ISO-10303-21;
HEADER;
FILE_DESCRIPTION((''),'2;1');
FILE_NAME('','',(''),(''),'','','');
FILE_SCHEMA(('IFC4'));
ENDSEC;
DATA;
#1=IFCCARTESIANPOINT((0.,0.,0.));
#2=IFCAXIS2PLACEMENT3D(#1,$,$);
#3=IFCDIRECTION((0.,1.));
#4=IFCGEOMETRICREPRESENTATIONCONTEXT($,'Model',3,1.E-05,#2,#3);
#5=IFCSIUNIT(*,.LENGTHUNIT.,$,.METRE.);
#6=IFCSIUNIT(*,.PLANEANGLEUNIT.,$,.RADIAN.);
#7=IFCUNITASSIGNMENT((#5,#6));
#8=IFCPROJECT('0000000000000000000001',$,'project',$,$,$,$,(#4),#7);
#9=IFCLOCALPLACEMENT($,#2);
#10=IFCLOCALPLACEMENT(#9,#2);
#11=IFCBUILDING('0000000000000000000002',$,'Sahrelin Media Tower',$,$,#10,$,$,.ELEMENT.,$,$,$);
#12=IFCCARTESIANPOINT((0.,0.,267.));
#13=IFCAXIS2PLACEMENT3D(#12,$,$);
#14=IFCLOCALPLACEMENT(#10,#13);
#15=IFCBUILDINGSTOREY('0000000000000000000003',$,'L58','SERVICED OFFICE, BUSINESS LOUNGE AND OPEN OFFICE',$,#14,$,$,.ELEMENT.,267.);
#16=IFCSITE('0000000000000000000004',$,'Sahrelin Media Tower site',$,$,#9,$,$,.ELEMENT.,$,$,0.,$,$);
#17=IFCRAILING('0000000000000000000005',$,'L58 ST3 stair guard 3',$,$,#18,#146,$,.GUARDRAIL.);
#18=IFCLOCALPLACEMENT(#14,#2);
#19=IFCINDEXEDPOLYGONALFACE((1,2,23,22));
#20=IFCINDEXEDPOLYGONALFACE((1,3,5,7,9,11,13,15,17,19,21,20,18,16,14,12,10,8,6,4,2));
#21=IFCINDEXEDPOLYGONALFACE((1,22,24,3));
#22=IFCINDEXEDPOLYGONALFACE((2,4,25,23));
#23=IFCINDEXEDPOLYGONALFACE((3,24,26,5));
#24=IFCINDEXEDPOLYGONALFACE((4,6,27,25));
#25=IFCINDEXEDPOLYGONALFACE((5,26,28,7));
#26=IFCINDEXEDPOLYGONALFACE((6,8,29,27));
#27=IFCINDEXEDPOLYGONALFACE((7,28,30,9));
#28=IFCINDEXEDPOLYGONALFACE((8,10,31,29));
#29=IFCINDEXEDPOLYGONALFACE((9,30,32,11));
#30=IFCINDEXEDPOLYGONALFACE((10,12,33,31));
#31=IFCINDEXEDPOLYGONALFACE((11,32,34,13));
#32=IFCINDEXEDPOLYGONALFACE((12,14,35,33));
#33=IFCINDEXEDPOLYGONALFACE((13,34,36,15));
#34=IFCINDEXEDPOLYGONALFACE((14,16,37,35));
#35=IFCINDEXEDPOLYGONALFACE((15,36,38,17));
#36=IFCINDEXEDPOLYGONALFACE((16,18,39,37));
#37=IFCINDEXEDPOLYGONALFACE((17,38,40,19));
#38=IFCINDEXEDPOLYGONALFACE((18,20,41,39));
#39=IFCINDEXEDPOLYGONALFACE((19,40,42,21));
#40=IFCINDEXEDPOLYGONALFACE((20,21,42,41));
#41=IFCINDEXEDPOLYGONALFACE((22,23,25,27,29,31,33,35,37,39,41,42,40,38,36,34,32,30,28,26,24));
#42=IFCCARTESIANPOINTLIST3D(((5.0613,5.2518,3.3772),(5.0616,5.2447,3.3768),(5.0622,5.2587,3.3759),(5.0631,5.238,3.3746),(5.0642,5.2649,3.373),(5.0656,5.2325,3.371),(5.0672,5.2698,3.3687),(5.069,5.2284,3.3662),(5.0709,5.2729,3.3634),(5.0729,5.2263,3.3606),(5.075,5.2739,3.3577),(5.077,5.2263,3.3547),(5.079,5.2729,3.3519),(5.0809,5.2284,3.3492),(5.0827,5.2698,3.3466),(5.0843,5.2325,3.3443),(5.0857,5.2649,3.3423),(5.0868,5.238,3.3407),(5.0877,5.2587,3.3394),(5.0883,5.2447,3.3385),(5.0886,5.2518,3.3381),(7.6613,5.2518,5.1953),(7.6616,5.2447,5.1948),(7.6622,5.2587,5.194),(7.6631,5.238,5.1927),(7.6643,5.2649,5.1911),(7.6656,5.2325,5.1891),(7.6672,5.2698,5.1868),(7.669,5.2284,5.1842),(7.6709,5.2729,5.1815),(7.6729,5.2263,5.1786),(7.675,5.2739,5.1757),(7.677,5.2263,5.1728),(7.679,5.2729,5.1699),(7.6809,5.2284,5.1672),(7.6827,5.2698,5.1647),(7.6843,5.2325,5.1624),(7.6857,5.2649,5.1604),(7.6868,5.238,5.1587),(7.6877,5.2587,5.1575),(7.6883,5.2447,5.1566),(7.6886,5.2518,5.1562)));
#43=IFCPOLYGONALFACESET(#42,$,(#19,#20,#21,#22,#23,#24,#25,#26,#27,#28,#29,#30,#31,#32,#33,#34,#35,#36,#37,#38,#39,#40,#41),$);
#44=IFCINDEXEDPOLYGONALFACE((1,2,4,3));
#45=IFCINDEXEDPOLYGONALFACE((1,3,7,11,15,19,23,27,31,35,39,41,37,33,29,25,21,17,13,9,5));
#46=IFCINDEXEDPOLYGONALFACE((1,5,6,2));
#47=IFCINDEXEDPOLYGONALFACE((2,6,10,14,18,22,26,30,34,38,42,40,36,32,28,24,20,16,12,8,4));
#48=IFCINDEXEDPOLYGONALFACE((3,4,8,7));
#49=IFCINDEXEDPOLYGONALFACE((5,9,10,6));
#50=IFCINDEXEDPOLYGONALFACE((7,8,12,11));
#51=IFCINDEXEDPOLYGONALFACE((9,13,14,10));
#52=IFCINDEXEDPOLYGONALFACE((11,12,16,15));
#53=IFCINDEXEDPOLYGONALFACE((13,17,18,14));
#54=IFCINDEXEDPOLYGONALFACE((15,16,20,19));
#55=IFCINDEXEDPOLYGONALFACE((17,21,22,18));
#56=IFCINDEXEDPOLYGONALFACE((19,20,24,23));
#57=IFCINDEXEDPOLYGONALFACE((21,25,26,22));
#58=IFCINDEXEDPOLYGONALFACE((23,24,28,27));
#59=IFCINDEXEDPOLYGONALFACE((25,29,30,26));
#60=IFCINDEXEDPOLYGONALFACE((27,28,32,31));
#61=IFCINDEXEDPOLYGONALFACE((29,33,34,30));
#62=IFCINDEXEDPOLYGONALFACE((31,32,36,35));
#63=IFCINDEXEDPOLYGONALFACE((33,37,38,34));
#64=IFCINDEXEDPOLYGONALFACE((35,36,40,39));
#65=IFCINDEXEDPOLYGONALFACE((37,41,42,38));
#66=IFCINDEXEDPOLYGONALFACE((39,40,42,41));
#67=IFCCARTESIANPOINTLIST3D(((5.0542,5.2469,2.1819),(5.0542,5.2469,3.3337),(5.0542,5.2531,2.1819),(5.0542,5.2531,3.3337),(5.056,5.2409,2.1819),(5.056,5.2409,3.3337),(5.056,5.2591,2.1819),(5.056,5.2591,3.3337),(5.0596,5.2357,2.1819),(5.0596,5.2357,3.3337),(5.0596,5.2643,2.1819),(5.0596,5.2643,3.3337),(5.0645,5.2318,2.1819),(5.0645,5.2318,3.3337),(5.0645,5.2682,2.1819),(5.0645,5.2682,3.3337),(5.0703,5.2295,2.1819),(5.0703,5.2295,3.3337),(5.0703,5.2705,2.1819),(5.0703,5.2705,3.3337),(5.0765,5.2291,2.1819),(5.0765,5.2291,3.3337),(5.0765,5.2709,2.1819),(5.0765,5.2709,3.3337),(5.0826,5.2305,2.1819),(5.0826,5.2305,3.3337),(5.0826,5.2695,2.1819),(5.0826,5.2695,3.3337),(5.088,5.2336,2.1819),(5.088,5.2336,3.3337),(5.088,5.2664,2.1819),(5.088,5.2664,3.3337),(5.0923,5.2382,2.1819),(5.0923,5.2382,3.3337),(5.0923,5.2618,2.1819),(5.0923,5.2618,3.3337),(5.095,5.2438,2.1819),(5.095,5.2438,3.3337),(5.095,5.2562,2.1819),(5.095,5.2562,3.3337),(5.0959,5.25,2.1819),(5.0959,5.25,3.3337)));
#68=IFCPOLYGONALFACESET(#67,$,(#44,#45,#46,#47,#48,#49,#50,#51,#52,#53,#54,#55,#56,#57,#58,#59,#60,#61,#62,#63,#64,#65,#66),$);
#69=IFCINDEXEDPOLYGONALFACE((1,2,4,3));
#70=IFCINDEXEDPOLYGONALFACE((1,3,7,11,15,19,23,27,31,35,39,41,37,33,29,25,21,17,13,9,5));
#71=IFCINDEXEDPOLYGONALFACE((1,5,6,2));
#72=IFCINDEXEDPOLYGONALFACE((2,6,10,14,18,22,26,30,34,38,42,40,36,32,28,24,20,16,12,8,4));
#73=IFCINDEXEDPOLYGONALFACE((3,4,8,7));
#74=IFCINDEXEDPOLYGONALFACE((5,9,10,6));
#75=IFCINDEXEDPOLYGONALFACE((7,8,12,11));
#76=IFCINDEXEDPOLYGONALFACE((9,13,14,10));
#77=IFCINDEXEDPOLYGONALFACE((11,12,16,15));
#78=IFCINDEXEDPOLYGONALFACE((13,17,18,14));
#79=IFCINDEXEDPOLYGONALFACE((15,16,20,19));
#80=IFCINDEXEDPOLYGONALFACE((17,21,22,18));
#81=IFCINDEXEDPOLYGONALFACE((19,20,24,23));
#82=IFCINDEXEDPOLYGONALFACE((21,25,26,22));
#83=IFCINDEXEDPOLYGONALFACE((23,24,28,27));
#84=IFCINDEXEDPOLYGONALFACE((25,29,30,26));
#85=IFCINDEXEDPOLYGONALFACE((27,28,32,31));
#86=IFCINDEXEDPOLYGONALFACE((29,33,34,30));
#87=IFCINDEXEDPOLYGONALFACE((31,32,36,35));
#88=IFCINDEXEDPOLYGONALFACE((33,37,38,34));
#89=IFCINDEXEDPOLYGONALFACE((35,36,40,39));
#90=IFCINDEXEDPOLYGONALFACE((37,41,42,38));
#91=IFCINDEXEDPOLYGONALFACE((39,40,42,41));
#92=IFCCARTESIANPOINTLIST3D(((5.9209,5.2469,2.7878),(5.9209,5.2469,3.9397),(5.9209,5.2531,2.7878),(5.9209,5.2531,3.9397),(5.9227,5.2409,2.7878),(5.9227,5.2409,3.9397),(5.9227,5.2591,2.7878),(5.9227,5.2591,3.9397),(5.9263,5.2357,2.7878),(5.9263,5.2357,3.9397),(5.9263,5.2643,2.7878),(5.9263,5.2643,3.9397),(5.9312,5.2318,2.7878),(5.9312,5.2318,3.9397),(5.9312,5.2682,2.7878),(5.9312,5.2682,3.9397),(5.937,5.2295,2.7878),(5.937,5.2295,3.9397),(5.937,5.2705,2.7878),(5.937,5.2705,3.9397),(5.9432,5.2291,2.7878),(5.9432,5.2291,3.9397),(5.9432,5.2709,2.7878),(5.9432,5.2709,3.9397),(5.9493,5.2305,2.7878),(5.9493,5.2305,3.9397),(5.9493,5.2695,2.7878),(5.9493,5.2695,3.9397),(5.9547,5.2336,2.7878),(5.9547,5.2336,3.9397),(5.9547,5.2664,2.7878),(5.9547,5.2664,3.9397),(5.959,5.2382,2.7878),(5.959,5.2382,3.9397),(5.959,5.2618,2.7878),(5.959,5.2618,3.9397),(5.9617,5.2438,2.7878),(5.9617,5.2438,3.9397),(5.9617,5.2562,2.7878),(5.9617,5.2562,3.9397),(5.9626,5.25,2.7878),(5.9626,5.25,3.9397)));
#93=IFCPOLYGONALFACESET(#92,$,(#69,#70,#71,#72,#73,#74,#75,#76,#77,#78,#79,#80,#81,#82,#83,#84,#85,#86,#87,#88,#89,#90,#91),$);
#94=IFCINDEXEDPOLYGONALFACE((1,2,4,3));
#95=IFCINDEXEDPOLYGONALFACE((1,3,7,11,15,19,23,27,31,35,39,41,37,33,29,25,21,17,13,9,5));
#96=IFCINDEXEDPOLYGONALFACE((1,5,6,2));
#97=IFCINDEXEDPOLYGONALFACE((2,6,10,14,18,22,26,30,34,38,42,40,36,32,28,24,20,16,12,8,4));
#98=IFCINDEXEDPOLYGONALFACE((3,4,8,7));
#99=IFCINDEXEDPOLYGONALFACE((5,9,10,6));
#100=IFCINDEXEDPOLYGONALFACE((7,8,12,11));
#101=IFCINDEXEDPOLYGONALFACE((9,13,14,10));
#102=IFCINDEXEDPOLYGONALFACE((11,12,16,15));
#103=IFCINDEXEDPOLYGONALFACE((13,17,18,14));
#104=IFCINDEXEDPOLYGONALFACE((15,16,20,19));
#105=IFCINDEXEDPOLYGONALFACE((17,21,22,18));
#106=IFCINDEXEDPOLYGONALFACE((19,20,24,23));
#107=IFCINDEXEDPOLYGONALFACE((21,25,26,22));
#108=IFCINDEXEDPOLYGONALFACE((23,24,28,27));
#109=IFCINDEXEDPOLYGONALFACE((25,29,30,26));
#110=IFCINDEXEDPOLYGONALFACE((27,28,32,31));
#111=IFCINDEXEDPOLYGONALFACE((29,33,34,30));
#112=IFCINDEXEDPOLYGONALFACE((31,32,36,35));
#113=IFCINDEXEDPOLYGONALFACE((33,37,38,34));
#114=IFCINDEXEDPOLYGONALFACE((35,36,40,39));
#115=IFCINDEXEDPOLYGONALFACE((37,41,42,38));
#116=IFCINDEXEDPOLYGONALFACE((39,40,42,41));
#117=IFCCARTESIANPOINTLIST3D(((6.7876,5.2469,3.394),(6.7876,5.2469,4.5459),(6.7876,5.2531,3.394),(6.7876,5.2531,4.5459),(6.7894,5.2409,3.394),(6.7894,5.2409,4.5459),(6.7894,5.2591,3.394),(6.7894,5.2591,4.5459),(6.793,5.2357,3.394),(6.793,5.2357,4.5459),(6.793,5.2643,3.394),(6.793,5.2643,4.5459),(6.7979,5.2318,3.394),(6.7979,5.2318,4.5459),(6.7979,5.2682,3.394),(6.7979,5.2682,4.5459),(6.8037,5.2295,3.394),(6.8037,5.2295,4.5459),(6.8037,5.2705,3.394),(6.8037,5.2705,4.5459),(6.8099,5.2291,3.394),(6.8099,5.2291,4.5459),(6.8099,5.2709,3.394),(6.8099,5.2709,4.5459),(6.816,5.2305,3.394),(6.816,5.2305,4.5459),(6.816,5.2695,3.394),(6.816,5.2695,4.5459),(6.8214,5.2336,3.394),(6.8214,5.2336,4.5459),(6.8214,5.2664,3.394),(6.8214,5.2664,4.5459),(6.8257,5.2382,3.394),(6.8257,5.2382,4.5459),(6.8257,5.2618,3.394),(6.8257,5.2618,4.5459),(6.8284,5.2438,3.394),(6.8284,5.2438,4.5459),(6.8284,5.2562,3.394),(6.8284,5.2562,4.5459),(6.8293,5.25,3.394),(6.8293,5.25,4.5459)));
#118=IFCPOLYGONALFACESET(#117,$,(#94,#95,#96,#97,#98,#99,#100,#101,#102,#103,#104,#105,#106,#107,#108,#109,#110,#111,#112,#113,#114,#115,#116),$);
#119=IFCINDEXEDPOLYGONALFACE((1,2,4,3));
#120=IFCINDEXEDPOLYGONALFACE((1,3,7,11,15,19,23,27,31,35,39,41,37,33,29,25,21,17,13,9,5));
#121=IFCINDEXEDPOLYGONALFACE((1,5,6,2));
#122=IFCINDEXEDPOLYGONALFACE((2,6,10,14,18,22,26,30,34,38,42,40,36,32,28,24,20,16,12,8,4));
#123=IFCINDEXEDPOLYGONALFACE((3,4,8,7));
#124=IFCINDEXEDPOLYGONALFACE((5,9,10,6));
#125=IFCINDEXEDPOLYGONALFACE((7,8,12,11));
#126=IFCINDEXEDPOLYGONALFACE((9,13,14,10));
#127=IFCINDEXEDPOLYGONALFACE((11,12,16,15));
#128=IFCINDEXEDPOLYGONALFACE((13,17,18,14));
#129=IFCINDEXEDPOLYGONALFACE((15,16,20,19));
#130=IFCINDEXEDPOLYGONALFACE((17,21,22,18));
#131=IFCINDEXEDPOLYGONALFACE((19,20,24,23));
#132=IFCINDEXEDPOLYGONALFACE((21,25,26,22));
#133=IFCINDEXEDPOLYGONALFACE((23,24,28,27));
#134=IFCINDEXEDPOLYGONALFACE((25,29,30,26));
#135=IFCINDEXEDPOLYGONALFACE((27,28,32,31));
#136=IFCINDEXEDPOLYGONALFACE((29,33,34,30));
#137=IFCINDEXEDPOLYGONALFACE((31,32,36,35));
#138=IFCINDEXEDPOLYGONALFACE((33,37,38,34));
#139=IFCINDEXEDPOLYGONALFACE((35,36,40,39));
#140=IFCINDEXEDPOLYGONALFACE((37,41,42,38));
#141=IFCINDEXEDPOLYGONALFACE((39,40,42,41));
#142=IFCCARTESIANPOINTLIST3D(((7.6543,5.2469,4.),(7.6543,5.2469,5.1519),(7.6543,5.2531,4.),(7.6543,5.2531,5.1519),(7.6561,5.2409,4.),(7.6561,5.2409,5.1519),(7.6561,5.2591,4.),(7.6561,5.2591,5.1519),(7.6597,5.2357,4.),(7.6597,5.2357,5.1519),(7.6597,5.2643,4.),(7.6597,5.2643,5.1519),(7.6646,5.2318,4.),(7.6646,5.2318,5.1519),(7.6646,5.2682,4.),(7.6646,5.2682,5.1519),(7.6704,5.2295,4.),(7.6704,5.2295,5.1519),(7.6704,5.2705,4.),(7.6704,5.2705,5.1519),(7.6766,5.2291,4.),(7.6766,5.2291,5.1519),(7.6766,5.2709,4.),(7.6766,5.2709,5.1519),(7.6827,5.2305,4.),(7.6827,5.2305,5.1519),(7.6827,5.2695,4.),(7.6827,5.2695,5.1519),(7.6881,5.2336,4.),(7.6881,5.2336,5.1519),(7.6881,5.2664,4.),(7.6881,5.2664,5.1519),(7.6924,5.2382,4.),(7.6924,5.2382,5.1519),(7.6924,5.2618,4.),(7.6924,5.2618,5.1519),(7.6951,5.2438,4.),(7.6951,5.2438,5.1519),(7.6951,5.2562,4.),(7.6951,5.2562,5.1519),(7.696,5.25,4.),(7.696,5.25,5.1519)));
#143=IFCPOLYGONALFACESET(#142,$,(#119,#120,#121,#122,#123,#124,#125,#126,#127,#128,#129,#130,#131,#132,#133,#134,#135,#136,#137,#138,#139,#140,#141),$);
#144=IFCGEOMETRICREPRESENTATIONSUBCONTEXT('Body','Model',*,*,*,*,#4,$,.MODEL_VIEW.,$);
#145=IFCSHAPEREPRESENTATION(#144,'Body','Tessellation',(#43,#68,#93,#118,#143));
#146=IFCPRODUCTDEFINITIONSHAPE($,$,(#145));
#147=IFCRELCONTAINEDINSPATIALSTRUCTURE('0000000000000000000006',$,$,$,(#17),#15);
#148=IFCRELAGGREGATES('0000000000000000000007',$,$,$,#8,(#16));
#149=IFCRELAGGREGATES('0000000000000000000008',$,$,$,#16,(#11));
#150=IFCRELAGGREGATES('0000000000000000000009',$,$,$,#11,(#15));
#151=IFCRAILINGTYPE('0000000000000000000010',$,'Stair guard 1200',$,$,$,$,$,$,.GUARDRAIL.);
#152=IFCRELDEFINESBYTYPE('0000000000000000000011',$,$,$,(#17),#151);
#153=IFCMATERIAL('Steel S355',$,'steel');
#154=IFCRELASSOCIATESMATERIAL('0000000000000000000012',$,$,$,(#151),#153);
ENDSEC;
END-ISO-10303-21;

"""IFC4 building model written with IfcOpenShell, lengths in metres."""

from ifc_helpers import new_model, si_unit, direction, frame, origin, origin_2d, place, context, subcontext, project, spatial, circle, extrude, material, type_object, element, save


model = new_model("IFC4")

# Units and contexts
model_context = context("Model", 3, precision=1e-05, world=origin(), true_north=direction((0.0, 1.0)))
body_context = subcontext(model_context, "Body", "Model", "MODEL_VIEW")
ifc_project = project(units=[si_unit("LENGTHUNIT", "METRE"), si_unit("PLANEANGLEUNIT", "RADIAN")], contexts=[model_context])

# Site, building, storey
site_placement = place(None, origin())
site = spatial("IfcSite", under=ifc_project, at=site_placement, Name="Sahrelin Media Tower site", CompositionType="ELEMENT", RefElevation=0.0)
building_placement = place(site_placement, origin())
building = spatial("IfcBuilding", under=site, at=building_placement, Name="Sahrelin Media Tower", CompositionType="ELEMENT")
storey_placement = place(building_placement, frame((0.0, 0.0, 267.0)))
storey = spatial("IfcBuildingStorey", under=building, at=storey_placement, Name="L58", Description="SERVICED OFFICE, BUSINESS LOUNGE AND OPEN OFFICE", CompositionType="ELEMENT", Elevation=267.0)

# Shared definitions
ifc_material_1 = material(Name="Steel S355", Category="steel")

# Railing
railing_type_1 = type_object("IfcRailingType", Name="Stair guard 1200", PredefinedType="GUARDRAIL", material=ifc_material_1)
railing_1_placement = place(storey_placement, frame((5.075, 5.25, 2.1819)))
element("IfcRailing", 1, at=railing_1_placement, inside=storey, type_object=railing_type_1, Name="L58 ST3 stair guard 3", PredefinedType="GUARDRAIL", context=body_context, shape_type="SweptSolid", body=[
    extrude(circle(Radius=0.0239, at=origin_2d()), frame((0.0, 0.0, 1.1758), z_axis=(0.819521, 0.0, 0.573049), x_axis=(0.0, 1.0, 0.0)), (0.0, 0.0, 1.0), 3.1726),
    extrude(circle(Radius=0.021, at=origin_2d()), origin(), (0.0, 0.0, 1.0), 1.1519),
    extrude(circle(Radius=0.021, at=origin_2d()), frame((0.8667, 0.0, 0.606)), (0.0, 0.0, 1.0), 1.1519),
    extrude(circle(Radius=0.021, at=origin_2d()), frame((1.7334, 0.0, 1.2122)), (0.0, 0.0, 1.0), 1.1519),
    extrude(circle(Radius=0.021, at=origin_2d()), frame((2.6001, 0.0, 1.8181)), (0.0, 0.0, 1.0), 1.1519),
])

save(model, "model.ifc")
